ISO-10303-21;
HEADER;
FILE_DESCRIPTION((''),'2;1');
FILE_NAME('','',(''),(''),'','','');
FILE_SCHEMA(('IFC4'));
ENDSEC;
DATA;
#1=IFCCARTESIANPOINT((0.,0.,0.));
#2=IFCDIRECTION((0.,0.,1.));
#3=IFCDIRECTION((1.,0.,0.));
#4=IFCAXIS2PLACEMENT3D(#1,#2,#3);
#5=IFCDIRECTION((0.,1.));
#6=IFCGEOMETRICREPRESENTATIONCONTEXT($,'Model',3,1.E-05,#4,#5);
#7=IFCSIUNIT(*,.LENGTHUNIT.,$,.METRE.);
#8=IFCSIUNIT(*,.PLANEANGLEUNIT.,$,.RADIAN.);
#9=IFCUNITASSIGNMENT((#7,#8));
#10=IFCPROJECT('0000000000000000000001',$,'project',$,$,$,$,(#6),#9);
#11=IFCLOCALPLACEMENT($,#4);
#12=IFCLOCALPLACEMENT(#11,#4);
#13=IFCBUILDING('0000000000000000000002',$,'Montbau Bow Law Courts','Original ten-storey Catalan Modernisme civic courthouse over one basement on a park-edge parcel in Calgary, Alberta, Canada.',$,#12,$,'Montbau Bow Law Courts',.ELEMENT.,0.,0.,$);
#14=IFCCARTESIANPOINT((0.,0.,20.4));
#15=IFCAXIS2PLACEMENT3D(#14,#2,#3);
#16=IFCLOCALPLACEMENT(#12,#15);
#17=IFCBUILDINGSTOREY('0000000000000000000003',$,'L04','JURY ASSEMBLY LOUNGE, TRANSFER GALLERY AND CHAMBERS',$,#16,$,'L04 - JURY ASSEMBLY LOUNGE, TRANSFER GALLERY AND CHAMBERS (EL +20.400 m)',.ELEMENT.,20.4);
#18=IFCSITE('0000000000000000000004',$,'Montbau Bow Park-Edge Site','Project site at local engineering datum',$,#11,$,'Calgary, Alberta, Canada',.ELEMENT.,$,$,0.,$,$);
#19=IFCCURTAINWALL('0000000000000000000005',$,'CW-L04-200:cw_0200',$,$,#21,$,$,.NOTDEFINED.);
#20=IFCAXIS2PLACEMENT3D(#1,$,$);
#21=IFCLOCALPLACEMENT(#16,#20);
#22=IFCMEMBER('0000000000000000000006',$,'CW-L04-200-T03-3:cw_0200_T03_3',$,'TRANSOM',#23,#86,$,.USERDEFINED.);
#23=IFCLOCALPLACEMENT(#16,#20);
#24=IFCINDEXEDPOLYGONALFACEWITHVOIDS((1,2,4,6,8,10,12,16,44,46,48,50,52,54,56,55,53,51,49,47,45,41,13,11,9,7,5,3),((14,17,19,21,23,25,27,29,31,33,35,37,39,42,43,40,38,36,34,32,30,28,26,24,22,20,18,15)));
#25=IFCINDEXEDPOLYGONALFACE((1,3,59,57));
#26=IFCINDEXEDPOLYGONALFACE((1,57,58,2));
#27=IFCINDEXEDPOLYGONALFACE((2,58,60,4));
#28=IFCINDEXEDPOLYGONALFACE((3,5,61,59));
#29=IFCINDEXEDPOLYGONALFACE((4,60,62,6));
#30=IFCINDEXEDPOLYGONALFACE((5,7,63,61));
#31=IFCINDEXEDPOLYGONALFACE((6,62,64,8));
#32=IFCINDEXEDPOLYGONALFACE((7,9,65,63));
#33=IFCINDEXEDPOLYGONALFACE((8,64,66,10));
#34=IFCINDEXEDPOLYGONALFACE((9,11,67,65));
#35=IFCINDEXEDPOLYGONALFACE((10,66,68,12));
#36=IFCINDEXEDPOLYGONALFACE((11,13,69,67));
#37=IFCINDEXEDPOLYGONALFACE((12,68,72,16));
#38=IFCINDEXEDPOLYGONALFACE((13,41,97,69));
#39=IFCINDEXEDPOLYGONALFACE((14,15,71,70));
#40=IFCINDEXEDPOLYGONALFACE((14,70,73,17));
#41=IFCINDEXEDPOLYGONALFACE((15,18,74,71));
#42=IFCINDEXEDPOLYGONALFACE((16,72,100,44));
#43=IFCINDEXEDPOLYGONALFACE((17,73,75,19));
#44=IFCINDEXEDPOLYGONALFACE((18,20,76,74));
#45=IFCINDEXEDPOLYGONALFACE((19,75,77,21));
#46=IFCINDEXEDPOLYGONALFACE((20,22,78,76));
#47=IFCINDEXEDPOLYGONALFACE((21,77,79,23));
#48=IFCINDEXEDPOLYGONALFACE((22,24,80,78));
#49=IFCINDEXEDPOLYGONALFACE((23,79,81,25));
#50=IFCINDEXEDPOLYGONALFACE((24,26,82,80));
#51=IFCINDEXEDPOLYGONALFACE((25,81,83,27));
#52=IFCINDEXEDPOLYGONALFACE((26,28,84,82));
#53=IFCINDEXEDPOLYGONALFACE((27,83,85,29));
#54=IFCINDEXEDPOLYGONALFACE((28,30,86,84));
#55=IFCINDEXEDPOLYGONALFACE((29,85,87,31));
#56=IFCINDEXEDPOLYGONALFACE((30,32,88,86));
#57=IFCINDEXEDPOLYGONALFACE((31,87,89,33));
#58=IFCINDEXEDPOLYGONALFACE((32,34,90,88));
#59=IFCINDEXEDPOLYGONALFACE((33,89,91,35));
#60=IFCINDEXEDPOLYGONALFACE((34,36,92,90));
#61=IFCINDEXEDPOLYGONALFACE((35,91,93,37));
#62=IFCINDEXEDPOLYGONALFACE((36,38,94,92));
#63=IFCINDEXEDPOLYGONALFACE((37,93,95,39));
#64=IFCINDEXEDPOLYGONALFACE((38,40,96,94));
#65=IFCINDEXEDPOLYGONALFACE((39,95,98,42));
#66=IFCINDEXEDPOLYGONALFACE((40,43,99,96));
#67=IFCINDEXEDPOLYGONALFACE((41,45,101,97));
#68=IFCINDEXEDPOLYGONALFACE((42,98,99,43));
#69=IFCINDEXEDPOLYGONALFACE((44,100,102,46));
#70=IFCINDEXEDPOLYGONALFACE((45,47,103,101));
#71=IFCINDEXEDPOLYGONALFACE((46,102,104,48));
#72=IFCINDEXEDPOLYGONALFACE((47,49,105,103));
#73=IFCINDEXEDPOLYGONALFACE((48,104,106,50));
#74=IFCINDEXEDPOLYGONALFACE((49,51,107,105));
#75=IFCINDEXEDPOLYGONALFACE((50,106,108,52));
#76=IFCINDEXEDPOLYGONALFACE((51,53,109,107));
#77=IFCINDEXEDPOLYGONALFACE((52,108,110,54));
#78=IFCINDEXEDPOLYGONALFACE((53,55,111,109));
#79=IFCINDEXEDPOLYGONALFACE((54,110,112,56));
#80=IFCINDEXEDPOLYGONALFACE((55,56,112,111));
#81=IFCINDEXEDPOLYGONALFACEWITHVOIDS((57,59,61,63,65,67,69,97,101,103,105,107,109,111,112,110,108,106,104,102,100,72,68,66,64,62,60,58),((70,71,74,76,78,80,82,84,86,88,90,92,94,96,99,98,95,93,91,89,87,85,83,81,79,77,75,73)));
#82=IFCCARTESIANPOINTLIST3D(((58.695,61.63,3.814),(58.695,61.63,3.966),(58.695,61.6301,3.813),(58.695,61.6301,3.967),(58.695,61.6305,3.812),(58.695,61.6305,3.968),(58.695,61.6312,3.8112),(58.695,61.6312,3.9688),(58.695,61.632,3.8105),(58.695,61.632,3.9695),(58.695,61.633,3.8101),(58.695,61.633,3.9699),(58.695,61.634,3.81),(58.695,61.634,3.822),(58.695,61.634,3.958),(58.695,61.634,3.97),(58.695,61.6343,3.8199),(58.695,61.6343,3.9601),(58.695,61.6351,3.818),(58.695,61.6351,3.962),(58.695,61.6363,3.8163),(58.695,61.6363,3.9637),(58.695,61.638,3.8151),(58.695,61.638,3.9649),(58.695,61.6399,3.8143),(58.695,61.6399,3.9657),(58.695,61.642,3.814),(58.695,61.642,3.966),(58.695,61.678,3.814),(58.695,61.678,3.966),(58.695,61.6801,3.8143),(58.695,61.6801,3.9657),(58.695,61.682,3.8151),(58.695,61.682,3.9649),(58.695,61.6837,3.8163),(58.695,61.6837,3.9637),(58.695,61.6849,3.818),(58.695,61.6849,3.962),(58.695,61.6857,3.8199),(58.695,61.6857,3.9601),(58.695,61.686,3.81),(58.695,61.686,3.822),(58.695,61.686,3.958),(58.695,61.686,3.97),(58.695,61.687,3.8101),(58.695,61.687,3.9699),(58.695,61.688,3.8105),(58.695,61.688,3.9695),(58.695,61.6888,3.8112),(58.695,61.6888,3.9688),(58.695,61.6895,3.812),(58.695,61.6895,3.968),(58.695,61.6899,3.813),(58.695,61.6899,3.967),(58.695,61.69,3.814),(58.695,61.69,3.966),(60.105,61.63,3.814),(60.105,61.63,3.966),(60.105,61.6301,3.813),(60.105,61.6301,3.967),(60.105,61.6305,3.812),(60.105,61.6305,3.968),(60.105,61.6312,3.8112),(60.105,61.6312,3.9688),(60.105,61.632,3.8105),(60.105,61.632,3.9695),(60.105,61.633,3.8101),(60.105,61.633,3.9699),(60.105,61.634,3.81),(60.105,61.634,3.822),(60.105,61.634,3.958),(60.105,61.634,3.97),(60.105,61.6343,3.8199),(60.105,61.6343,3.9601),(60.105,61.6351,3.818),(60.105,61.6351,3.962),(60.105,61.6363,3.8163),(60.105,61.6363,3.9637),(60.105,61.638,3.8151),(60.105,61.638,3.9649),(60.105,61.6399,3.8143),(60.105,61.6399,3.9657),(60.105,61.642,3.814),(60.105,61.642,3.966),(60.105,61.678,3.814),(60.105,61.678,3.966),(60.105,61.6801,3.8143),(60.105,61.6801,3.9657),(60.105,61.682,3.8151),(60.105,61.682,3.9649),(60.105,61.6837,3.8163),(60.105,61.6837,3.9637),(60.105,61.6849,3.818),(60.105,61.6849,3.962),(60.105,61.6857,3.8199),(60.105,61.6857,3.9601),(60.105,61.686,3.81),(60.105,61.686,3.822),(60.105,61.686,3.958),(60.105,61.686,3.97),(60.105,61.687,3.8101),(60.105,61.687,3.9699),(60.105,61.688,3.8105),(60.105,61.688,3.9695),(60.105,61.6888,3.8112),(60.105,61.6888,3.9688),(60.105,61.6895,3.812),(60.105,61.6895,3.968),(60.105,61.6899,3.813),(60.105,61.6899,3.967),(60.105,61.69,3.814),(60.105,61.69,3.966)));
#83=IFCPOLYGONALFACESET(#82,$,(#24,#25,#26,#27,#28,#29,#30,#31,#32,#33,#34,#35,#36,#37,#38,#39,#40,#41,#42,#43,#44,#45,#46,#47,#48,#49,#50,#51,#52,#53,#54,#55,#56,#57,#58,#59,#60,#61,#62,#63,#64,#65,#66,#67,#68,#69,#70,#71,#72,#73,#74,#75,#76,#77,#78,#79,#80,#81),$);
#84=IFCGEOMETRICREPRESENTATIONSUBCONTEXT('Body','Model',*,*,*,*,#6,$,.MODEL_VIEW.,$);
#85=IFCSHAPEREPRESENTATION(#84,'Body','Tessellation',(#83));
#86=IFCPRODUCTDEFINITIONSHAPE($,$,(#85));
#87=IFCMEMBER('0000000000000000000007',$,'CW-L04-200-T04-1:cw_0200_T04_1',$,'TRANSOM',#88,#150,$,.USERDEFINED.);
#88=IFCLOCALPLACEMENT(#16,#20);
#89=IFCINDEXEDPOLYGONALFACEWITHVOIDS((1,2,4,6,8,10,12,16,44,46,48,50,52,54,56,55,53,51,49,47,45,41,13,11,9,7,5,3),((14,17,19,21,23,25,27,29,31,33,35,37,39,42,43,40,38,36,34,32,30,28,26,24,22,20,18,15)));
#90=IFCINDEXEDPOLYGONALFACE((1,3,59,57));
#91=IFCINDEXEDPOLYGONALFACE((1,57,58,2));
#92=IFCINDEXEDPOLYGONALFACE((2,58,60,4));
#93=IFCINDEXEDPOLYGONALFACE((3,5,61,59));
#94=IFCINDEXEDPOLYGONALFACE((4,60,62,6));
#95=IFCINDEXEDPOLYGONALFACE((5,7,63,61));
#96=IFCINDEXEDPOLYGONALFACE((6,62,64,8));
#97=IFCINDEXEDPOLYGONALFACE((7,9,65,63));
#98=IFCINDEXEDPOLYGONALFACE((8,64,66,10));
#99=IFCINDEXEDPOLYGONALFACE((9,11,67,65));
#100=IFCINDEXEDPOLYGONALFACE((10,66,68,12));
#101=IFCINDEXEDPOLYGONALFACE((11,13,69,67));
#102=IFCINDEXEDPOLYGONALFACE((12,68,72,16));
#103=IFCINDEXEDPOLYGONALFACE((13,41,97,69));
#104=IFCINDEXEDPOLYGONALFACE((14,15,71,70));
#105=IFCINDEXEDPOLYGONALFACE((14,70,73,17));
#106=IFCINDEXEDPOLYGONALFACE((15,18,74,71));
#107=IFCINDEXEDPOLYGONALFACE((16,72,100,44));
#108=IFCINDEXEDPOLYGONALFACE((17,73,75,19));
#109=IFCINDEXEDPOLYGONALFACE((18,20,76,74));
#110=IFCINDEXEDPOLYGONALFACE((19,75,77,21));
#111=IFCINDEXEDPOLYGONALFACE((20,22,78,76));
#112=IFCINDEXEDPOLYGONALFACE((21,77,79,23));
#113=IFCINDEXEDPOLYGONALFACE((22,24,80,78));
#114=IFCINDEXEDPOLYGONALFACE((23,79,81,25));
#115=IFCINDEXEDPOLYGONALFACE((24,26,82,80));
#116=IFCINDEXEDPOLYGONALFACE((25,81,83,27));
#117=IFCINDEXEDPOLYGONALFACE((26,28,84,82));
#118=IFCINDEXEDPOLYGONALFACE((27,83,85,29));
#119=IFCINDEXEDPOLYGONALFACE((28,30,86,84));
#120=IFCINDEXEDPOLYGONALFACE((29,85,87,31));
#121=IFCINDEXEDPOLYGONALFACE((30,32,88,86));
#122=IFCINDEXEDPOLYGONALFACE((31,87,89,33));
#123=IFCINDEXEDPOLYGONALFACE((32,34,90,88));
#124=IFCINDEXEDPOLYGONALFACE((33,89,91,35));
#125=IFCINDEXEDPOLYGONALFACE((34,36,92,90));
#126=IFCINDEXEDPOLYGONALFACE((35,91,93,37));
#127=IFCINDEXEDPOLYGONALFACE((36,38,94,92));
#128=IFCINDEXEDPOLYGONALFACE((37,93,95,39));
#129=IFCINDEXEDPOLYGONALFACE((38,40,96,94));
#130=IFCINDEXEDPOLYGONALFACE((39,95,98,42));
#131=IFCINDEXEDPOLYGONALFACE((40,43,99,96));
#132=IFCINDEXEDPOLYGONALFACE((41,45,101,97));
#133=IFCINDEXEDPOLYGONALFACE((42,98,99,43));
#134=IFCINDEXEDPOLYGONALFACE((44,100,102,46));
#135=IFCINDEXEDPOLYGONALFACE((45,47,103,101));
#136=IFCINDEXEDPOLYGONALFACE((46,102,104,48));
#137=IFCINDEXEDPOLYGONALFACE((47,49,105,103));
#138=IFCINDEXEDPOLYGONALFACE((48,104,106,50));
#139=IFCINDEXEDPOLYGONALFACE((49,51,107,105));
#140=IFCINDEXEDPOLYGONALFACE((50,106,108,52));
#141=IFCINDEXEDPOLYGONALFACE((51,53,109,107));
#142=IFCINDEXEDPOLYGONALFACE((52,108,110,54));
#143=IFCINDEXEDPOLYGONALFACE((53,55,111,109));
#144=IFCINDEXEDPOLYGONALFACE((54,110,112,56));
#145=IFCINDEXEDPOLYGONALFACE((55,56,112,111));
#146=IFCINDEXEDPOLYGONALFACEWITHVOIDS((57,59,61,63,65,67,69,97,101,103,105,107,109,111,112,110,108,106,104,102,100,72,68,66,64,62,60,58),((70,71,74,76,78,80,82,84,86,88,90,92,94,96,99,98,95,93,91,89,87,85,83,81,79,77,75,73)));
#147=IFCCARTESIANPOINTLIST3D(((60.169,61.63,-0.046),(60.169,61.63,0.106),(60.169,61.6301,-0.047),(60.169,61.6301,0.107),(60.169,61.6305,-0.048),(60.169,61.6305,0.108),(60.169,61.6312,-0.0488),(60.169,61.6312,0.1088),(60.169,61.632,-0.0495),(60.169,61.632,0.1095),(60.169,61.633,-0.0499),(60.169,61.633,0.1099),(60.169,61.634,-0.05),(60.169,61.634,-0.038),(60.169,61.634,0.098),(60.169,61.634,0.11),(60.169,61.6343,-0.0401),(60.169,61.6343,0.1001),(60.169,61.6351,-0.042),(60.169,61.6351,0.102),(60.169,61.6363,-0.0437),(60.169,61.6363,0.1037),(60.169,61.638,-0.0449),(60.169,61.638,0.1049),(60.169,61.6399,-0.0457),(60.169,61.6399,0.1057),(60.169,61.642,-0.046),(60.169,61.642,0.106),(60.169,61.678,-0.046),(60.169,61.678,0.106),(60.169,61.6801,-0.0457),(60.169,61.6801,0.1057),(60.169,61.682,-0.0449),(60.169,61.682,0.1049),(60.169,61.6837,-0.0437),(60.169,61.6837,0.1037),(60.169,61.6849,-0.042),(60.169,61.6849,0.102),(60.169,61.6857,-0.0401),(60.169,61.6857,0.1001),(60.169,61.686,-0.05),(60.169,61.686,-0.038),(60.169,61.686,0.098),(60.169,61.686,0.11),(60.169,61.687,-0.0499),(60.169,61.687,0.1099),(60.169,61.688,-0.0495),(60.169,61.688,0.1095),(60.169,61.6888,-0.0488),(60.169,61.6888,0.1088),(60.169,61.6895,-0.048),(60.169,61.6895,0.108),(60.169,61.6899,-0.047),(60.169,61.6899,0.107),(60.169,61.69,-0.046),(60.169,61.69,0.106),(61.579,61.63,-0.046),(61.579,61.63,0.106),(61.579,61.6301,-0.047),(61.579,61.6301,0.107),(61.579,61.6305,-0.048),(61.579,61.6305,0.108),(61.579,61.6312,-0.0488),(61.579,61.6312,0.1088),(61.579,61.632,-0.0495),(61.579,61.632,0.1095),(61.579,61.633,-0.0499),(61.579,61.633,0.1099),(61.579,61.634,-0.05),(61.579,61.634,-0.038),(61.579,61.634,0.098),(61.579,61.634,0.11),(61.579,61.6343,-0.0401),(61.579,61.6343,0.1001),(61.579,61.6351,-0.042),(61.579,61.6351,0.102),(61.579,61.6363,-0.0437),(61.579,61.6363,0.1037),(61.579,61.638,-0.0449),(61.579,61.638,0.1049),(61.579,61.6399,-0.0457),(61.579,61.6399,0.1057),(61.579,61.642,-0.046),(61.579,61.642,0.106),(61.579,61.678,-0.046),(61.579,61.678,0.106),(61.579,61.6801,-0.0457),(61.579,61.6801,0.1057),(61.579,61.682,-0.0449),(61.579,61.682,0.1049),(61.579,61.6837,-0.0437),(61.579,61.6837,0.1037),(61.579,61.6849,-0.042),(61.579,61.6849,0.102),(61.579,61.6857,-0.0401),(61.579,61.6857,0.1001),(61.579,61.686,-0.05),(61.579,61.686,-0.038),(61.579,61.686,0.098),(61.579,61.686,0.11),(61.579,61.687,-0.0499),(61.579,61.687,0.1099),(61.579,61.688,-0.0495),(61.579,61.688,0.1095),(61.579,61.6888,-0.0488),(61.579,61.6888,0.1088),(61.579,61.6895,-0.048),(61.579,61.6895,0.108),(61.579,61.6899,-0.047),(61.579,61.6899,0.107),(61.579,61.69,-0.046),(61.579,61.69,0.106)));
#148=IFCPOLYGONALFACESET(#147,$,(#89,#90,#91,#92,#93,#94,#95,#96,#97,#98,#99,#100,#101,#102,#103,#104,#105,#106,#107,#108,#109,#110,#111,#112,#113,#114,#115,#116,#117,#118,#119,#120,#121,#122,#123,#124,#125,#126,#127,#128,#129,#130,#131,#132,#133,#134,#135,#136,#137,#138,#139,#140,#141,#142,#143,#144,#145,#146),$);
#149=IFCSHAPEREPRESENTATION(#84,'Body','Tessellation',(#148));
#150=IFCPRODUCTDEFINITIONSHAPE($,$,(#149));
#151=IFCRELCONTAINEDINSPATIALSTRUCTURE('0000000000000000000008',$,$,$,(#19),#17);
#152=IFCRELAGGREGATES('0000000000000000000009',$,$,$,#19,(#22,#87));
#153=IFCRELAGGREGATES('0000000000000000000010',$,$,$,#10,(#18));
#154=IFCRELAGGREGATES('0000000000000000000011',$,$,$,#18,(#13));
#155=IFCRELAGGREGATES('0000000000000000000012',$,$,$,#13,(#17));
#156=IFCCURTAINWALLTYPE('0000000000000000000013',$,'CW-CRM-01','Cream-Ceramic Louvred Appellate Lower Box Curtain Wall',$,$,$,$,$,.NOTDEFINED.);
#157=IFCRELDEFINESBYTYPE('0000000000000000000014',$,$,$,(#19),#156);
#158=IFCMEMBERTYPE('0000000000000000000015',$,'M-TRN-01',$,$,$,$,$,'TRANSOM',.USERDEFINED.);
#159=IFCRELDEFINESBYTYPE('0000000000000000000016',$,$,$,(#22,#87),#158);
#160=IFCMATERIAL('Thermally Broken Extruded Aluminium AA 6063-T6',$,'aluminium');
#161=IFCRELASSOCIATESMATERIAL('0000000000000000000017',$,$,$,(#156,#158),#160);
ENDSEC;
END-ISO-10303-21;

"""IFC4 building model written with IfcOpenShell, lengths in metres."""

from ifc_helpers import new_model, si_unit, direction, frame, origin_with_axes, origin_2d_with_axis, place, context, subcontext, project, spatial, hollow_rectangle, extrude, material, material_profile, profile_set, type_object, element, aggregate, save


model = new_model("IFC4")

# Units and contexts
model_context = context("Model", 3, precision=1e-05, world=origin_with_axes(), true_north=direction((0.0, 1.0)))
body_context = subcontext(model_context, "Body", "Model", "MODEL_VIEW")
ifc_project = project(units=[si_unit("LENGTHUNIT", "METRE"), si_unit("PLANEANGLEUNIT", "RADIAN")], contexts=[model_context])

# Site, building, storey
site_placement = place(None, origin_with_axes())
site = spatial("IfcSite", under=ifc_project, at=site_placement, Name="Montbau Bow Park-Edge Site", Description="Project site at local engineering datum", LongName="Calgary, Alberta, Canada", CompositionType="ELEMENT", RefElevation=0.0)
building_placement = place(site_placement, origin_with_axes())
building = spatial("IfcBuilding", under=site, at=building_placement, Name="Montbau Bow Law Courts", Description="Original ten-storey Catalan Modernisme civic courthouse over one basement on a park-edge parcel in Calgary, Alberta, Canada.", LongName="Montbau Bow Law Courts", CompositionType="ELEMENT", ElevationOfRefHeight=0.0, ElevationOfTerrain=0.0)
storey_placement = place(building_placement, frame((0.0, 0.0, 20.4), z_axis=(0.0, 0.0, 1.0), x_axis=(1.0, 0.0, 0.0)))
storey = spatial("IfcBuildingStorey", under=building, at=storey_placement, Name="L04", Description="JURY ASSEMBLY LOUNGE, TRANSFER GALLERY AND CHAMBERS", LongName="L04 - JURY ASSEMBLY LOUNGE, TRANSFER GALLERY AND CHAMBERS (EL +20.400 m)", CompositionType="ELEMENT", Elevation=20.4)

# Shared definitions
ifc_material_1 = material(Name="Thermally Broken Extruded Aluminium AA 6063-T6", Category="aluminium")
curtain_wall_type = type_object("IfcCurtainWallType", Name="CW-CRM-01", Description="Cream-Ceramic Louvred Appellate Lower Box Curtain Wall", PredefinedType="NOTDEFINED", material=ifc_material_1)

# Curtain wall, members
curtain_wall_1_placement = place(None, frame((55.715, 61.66, 20.4), z_axis=(0.0, 0.0, 1.0), x_axis=(1.0, 0.0, 0.0)))
curtain_wall_1 = element("IfcCurtainWall", 1, at=curtain_wall_1_placement, inside=storey, type_object=curtain_wall_type, Name="CW-L04-200:cw_0200", PredefinedType="NOTDEFINED")
ifc_material_profile_1 = material_profile(ifc_material_1, hollow_rectangle(XDim=0.06, YDim=0.16, WallThickness=0.004, InnerFilletRadius=0.008, OuterFilletRadius=0.004, at=origin_2d_with_axis()), Name="CWT-160X60", Category="Main", Priority=0)
ifc_profile_set_1 = profile_set([ifc_material_profile_1], Name="Thermally Broken Extruded Aluminium AA 6063-T6")
member_type_1 = type_object("IfcMemberType", Name="M-TRN-01", ElementType="TRANSOM", PredefinedType="USERDEFINED", material=ifc_profile_set_1)
member_1_placement = place(None, frame((58.695, 61.66, 24.29), z_axis=(1.0, 0.0, 0.0), x_axis=(0.0, 1.0, 0.0)))
member_1 = element("IfcMember", 2, at=member_1_placement, type_object=member_type_1, Name="CW-L04-200-T03-3:cw_0200_T03_3", ObjectType="TRANSOM", PredefinedType="USERDEFINED", context=body_context, shape_type="SweptSolid", body=[
    extrude(hollow_rectangle(XDim=0.06, YDim=0.16, WallThickness=0.004, InnerFilletRadius=0.008, OuterFilletRadius=0.004, at=origin_2d_with_axis()), origin_with_axes(), (0.0, 0.0, 1.0), 1.41),
])
member_2_placement = place(None, frame((60.169, 61.66, 20.43), z_axis=(1.0, 0.0, 0.0), x_axis=(0.0, 1.0, 0.0)))
member_2 = element("IfcMember", 3, at=member_2_placement, type_object=member_type_1, Name="CW-L04-200-T04-1:cw_0200_T04_1", ObjectType="TRANSOM", PredefinedType="USERDEFINED", context=body_context, shape_type="SweptSolid", body=[
    extrude(hollow_rectangle(XDim=0.06, YDim=0.16, WallThickness=0.004, InnerFilletRadius=0.008, OuterFilletRadius=0.004, at=origin_2d_with_axis()), origin_with_axes(), (0.0, 0.0, 1.0), 1.41),
])

aggregate(curtain_wall_1, [member_1, member_2])

save(model, "model.ifc")
